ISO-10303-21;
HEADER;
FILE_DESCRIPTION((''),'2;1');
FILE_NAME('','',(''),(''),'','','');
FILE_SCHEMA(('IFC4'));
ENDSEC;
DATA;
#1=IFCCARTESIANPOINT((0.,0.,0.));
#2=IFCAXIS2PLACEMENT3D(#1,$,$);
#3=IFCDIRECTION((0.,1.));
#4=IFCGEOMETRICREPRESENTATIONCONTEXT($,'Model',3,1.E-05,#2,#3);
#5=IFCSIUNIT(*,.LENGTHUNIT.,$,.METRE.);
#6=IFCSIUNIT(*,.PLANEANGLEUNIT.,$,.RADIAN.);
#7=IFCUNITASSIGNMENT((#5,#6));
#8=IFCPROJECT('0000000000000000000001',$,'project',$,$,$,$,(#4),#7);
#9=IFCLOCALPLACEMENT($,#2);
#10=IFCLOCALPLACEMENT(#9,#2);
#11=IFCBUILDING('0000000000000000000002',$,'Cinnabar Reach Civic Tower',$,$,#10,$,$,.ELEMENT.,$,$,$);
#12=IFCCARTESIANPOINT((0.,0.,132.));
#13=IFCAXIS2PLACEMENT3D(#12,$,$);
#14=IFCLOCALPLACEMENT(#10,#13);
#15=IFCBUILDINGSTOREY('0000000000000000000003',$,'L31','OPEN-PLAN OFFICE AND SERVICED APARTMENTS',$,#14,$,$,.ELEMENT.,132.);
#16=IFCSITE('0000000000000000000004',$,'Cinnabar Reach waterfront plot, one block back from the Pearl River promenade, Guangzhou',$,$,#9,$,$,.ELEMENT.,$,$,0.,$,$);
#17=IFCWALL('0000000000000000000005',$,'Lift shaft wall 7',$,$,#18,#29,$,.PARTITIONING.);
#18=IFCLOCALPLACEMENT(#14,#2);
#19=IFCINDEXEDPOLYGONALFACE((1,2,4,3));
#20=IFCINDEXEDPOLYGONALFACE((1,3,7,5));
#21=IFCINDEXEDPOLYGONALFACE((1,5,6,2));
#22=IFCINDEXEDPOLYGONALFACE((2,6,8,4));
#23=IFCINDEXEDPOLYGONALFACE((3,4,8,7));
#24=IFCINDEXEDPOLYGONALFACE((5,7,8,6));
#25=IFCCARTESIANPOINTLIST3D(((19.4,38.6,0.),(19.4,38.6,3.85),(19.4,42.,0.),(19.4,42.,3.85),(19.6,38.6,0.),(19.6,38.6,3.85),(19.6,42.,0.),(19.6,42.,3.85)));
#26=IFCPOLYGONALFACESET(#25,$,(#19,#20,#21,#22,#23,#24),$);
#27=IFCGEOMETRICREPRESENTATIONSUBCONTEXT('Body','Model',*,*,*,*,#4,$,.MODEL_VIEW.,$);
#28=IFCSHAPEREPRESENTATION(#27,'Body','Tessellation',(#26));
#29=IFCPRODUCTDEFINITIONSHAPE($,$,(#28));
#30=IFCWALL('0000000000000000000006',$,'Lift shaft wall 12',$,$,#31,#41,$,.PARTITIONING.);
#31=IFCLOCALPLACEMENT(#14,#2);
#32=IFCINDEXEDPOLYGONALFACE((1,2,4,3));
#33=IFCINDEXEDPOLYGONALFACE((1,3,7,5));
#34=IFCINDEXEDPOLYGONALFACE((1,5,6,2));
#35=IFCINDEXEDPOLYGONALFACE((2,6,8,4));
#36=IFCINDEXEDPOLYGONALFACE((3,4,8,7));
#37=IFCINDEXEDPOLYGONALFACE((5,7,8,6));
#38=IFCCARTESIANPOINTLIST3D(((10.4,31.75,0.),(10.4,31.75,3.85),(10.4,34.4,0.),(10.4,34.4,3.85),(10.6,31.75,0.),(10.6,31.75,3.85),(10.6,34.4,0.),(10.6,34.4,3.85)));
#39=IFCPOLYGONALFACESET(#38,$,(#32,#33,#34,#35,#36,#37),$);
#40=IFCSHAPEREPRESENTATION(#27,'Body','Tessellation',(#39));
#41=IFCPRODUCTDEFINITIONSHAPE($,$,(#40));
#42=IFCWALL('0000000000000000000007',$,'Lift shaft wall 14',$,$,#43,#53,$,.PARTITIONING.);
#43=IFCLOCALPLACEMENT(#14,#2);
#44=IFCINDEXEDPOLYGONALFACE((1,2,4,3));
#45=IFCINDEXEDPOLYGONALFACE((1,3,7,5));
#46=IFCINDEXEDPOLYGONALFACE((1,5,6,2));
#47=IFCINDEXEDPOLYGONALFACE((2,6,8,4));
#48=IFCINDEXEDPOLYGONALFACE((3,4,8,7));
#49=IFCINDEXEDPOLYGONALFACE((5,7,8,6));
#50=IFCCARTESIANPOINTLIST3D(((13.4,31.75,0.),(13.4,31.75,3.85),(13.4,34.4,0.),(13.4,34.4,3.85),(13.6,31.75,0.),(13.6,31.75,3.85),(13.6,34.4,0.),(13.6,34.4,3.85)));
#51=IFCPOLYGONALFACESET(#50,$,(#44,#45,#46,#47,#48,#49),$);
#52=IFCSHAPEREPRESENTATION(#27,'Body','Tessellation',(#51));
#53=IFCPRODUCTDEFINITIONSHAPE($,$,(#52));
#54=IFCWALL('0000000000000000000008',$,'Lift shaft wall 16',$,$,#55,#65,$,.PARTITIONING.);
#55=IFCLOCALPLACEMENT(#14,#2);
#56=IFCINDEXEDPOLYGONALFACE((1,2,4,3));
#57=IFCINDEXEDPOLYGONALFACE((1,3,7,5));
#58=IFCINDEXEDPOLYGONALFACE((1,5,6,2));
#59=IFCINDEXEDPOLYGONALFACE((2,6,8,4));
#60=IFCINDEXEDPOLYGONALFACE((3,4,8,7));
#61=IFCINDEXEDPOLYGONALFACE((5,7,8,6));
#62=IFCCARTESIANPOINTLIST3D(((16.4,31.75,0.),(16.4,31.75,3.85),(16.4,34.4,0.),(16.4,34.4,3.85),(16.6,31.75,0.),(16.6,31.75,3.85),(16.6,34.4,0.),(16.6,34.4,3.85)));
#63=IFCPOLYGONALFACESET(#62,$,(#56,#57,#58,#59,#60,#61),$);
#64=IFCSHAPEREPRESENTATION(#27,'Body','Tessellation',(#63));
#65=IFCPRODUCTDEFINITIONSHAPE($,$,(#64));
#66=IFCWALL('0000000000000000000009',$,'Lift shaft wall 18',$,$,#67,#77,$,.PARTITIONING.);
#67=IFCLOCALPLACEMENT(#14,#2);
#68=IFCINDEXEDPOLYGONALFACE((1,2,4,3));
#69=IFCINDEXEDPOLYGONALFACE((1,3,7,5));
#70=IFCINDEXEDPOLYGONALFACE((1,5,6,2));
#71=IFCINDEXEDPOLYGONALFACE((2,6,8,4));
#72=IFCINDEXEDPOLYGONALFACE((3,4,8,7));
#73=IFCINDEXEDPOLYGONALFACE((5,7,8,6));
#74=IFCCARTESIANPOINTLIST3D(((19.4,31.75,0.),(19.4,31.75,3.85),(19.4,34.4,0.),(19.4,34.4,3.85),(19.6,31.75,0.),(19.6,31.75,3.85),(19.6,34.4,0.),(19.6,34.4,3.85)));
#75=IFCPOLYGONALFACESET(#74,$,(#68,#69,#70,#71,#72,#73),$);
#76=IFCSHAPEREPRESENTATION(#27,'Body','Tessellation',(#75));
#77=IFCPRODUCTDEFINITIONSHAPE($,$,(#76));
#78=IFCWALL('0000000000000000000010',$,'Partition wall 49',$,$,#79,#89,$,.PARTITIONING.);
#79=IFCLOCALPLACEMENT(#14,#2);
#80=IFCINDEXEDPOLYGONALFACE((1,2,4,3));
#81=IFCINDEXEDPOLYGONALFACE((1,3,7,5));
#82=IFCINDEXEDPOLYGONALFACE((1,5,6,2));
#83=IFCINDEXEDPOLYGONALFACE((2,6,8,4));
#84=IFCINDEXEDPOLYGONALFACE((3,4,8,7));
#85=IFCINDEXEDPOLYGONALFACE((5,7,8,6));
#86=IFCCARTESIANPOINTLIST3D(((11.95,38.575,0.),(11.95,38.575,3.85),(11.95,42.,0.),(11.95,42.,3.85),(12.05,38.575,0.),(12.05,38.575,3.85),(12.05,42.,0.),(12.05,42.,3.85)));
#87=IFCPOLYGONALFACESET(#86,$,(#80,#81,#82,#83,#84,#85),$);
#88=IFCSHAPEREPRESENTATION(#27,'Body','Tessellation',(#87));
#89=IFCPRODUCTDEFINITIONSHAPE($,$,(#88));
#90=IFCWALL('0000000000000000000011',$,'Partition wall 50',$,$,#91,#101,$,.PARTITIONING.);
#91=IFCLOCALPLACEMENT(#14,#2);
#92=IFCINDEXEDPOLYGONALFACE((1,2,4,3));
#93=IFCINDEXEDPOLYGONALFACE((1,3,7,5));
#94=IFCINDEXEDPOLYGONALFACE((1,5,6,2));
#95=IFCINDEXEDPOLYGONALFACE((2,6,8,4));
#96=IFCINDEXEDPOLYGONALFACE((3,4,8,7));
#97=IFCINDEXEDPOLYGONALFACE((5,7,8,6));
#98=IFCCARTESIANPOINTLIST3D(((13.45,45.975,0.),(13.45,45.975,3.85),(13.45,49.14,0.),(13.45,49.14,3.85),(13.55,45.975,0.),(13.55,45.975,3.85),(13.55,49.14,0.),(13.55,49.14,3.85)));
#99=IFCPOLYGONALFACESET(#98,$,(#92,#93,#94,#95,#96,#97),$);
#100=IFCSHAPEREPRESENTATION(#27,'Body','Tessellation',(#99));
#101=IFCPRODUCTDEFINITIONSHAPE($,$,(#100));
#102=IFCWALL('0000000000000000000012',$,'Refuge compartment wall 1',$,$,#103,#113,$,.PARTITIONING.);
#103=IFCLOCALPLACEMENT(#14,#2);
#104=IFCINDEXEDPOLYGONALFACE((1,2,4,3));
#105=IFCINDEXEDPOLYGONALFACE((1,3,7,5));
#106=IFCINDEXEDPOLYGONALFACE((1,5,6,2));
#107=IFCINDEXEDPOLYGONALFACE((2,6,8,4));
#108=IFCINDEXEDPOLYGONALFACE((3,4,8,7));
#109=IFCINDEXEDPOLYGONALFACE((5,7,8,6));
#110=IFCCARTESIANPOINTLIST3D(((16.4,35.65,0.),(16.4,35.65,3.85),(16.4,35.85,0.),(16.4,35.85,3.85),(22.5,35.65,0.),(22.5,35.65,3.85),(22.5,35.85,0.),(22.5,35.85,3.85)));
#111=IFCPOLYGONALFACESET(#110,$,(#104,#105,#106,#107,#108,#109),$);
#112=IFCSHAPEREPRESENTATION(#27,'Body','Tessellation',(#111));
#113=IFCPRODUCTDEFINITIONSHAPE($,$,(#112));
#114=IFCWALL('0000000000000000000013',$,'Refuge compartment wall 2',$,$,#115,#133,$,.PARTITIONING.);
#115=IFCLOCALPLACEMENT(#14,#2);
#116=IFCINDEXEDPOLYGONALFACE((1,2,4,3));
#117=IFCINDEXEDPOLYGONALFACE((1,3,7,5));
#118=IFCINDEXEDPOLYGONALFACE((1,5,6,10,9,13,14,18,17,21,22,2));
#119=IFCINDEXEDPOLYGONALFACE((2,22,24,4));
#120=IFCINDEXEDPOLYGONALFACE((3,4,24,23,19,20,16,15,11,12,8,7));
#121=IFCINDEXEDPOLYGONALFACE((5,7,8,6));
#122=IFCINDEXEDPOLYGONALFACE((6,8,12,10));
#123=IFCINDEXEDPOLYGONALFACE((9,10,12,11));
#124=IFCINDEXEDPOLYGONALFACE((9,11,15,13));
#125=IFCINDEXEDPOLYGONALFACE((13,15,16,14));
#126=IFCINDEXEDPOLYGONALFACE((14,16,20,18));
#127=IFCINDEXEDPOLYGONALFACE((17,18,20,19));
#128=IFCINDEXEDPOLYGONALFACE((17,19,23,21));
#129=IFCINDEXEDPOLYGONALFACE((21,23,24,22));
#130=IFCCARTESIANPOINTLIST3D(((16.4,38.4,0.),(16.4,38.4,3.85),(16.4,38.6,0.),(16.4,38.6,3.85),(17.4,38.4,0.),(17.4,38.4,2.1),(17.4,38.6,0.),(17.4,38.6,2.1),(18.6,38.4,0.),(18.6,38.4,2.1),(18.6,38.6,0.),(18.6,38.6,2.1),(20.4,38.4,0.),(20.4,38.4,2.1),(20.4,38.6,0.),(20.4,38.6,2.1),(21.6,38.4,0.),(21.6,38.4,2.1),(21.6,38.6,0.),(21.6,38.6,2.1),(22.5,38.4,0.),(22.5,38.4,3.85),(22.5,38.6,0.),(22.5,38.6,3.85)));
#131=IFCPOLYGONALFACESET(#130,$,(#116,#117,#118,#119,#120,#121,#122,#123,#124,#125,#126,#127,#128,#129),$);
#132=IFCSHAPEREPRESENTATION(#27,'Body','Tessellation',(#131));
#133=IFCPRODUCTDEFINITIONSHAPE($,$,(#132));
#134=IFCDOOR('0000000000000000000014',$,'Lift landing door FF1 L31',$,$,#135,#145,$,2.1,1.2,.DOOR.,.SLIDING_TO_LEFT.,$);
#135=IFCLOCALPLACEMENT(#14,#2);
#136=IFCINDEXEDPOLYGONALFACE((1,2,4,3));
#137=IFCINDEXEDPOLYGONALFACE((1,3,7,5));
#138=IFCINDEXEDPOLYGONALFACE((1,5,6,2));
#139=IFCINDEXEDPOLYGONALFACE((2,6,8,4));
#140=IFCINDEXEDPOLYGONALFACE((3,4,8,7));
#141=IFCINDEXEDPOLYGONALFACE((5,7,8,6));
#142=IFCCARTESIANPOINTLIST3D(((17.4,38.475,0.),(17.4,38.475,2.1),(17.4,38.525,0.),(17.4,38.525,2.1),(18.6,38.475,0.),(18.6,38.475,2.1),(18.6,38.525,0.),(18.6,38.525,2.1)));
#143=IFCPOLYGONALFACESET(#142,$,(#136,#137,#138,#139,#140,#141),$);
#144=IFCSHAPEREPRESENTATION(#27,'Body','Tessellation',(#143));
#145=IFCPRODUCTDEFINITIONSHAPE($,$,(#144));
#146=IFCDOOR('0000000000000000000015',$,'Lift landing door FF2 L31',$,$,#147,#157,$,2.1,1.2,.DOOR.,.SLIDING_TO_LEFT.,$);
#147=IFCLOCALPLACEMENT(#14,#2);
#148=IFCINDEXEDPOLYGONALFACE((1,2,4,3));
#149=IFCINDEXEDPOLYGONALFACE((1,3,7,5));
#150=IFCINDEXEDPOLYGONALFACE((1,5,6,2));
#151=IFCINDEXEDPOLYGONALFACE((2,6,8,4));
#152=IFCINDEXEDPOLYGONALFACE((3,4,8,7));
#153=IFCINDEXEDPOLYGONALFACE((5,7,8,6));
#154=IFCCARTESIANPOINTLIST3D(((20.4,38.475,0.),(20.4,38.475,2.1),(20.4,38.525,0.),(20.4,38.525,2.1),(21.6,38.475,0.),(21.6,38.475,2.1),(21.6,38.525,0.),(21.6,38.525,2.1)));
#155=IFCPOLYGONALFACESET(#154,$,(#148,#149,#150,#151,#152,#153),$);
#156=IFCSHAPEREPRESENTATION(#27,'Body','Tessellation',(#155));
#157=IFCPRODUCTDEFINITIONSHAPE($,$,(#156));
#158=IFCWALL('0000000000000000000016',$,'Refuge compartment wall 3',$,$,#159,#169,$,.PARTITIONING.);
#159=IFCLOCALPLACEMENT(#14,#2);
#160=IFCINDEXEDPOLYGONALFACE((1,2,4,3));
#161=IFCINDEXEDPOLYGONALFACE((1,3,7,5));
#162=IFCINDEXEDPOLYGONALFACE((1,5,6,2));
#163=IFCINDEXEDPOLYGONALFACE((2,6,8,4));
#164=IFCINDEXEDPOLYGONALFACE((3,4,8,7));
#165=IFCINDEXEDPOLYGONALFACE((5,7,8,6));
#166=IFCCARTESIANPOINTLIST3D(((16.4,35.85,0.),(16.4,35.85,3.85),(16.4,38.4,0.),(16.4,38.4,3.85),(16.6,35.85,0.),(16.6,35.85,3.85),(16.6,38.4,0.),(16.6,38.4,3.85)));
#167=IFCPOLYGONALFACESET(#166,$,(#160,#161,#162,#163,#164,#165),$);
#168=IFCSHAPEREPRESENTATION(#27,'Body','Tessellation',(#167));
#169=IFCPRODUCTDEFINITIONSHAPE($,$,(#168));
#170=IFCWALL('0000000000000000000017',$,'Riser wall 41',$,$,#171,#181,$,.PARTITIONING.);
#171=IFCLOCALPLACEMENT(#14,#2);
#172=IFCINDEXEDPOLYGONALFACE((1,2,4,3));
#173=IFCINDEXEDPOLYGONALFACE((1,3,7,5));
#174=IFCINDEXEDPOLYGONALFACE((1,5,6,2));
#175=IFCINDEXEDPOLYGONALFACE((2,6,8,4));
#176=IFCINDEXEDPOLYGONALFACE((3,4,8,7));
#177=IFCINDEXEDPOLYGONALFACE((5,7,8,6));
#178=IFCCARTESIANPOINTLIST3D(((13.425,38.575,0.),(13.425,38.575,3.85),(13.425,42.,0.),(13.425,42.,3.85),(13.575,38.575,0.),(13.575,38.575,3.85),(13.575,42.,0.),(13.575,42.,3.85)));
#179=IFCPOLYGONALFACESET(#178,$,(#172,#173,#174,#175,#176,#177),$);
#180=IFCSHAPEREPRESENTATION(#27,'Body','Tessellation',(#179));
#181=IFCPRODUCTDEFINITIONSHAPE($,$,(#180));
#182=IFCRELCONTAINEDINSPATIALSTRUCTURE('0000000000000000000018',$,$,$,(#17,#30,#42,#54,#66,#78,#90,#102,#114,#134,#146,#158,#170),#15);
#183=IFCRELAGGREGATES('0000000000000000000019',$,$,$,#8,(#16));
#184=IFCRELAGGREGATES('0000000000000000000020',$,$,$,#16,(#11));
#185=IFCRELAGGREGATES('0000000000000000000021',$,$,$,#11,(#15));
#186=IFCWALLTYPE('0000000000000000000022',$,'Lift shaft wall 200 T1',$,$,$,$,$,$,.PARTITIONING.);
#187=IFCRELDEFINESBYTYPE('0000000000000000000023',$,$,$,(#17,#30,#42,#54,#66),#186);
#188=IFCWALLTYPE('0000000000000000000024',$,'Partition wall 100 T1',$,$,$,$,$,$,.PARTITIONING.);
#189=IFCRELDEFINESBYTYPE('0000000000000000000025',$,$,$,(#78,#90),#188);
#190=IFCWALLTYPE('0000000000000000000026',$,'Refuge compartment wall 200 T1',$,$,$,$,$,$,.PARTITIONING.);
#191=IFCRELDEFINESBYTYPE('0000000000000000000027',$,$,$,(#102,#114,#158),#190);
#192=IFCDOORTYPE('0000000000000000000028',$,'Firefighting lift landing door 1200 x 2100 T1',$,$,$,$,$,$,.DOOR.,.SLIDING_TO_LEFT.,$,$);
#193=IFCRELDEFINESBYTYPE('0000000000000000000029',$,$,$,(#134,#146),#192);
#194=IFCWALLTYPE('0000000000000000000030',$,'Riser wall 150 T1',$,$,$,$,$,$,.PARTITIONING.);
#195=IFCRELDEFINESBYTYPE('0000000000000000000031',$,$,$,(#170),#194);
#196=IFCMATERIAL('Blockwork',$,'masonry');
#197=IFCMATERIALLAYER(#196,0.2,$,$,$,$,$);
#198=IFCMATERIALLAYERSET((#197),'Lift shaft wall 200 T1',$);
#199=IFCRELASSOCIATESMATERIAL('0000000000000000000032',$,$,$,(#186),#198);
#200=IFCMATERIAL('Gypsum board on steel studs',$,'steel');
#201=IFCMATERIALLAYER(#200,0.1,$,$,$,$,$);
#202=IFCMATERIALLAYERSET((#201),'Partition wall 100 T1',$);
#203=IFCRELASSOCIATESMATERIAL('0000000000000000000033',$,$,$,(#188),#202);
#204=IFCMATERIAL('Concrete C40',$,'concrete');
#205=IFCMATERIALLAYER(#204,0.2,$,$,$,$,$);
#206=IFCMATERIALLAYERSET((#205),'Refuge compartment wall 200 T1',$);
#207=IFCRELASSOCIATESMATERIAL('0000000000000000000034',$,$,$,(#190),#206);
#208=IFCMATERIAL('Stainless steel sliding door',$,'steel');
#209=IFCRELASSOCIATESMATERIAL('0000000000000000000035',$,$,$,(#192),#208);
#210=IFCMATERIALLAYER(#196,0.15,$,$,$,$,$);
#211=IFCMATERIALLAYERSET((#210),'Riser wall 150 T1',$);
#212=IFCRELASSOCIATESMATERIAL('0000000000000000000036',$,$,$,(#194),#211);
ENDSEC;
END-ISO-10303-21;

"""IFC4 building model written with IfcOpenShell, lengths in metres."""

from ifc_helpers import new_model, si_unit, direction, frame, frame_2d, origin, place, context, subcontext, project, spatial, rectangle, extrude, material, layer, layer_set, type_object, element, fill, save


model = new_model("IFC4")

# Units and contexts
model_context = context("Model", 3, precision=1e-05, world=origin(), true_north=direction((0.0, 1.0)))
body_context = subcontext(model_context, "Body", "Model", "MODEL_VIEW")
ifc_project = project(units=[si_unit("LENGTHUNIT", "METRE"), si_unit("PLANEANGLEUNIT", "RADIAN")], contexts=[model_context])

# Site, building, storey
site_placement = place(None, origin())
site = spatial("IfcSite", under=ifc_project, at=site_placement, Name="Cinnabar Reach waterfront plot, one block back from the Pearl River promenade, Guangzhou", CompositionType="ELEMENT", RefElevation=0.0)
building_placement = place(site_placement, origin())
building = spatial("IfcBuilding", under=site, at=building_placement, Name="Cinnabar Reach Civic Tower", CompositionType="ELEMENT")
storey_placement = place(building_placement, frame((0.0, 0.0, 132.0)))
storey = spatial("IfcBuildingStorey", under=building, at=storey_placement, Name="L31", Description="OPEN-PLAN OFFICE AND SERVICED APARTMENTS", CompositionType="ELEMENT", Elevation=132.0)

# Walls
ifc_material_1 = material(Name="Blockwork", Category="masonry")
ifc_layer_1 = layer(ifc_material_1, 0.2)
ifc_layer_set_1 = layer_set([ifc_layer_1], Name="Lift shaft wall 200 T1")
wall_type_1 = type_object("IfcWallType", Name="Lift shaft wall 200 T1", PredefinedType="PARTITIONING", material=ifc_layer_set_1)
for number, where, z_axis, x_axis, name in (
    (1, (19.5, 38.6, 0.0), (0.0, 0.0, 1.0), (0.0, 1.0, 0.0), "Lift shaft wall 7"),
):
    element("IfcWall", number, at=place(storey_placement, frame(where, z_axis=z_axis, x_axis=x_axis)), inside=storey, type_object=wall_type_1, Name=name, PredefinedType="PARTITIONING", context=body_context, shape_type="SweptSolid", body=[
        extrude(rectangle(XDim=3.4, YDim=0.2, at=frame_2d((1.7, 0.0))), origin(), (0.0, 0.0, 1.0), 3.85),
    ])
for number, where, z_axis, x_axis, name in (
    (2, (10.5, 31.75, 0.0), (0.0, 0.0, 1.0), (0.0, 1.0, 0.0), "Lift shaft wall 12"),
    (3, (13.5, 31.75, 0.0), (0.0, 0.0, 1.0), (0.0, 1.0, 0.0), "Lift shaft wall 14"),
    (4, (16.5, 31.75, 0.0), (0.0, 0.0, 1.0), (0.0, 1.0, 0.0), "Lift shaft wall 16"),
    (5, (19.5, 31.75, 0.0), (0.0, 0.0, 1.0), (0.0, 1.0, 0.0), "Lift shaft wall 18"),
):
    element("IfcWall", number, at=place(storey_placement, frame(where, z_axis=z_axis, x_axis=x_axis)), inside=storey, type_object=wall_type_1, Name=name, PredefinedType="PARTITIONING", context=body_context, shape_type="SweptSolid", body=[
        extrude(rectangle(XDim=2.65, YDim=0.2, at=frame_2d((1.325, 0.0))), origin(), (0.0, 0.0, 1.0), 3.85),
    ])
ifc_material_2 = material(Name="Gypsum board on steel studs", Category="steel")
ifc_layer_2 = layer(ifc_material_2, 0.1)
ifc_layer_set_2 = layer_set([ifc_layer_2], Name="Partition wall 100 T1")
wall_type_2 = type_object("IfcWallType", Name="Partition wall 100 T1", PredefinedType="PARTITIONING", material=ifc_layer_set_2)
wall_1_placement = place(storey_placement, frame((12.0, 38.575, 0.0), z_axis=(0.0, 0.0, 1.0), x_axis=(0.0, 1.0, 0.0)))
element("IfcWall", 6, at=wall_1_placement, inside=storey, type_object=wall_type_2, Name="Partition wall 49", PredefinedType="PARTITIONING", context=body_context, shape_type="SweptSolid", body=[
    extrude(rectangle(XDim=3.425, YDim=0.1, at=frame_2d((1.7125, 0.0))), origin(), (0.0, 0.0, 1.0), 3.85),
])
wall_2_placement = place(storey_placement, frame((13.5, 45.975, 0.0), z_axis=(0.0, 0.0, 1.0), x_axis=(0.0, 1.0, 0.0)))
element("IfcWall", 7, at=wall_2_placement, inside=storey, type_object=wall_type_2, Name="Partition wall 50", PredefinedType="PARTITIONING", context=body_context, shape_type="SweptSolid", body=[
    extrude(rectangle(XDim=3.165, YDim=0.1, at=frame_2d((1.5825, 0.0))), origin(), (0.0, 0.0, 1.0), 3.85),
])
ifc_material_3 = material(Name="Concrete C40", Category="concrete")
ifc_layer_3 = layer(ifc_material_3, 0.2)
ifc_layer_set_3 = layer_set([ifc_layer_3], Name="Refuge compartment wall 200 T1")
wall_type_3 = type_object("IfcWallType", Name="Refuge compartment wall 200 T1", PredefinedType="PARTITIONING", material=ifc_layer_set_3)
wall_3_placement = place(storey_placement, frame((16.4, 35.75, 0.0), z_axis=(0.0, 0.0, 1.0), x_axis=(1.0, 0.0, 0.0)))
element("IfcWall", 8, at=wall_3_placement, inside=storey, type_object=wall_type_3, Name="Refuge compartment wall 1", PredefinedType="PARTITIONING", context=body_context, shape_type="SweptSolid", body=[
    extrude(rectangle(XDim=6.1, YDim=0.2, at=frame_2d((3.05, 0.0))), origin(), (0.0, 0.0, 1.0), 3.85),
])

# Wall, openings, doors
wall_4_placement = place(storey_placement, frame((16.4, 38.5, 0.0), z_axis=(0.0, 0.0, 1.0), x_axis=(1.0, 0.0, 0.0)))
wall_4 = element("IfcWall", 9, at=wall_4_placement, inside=storey, type_object=wall_type_3, Name="Refuge compartment wall 2", PredefinedType="PARTITIONING", context=body_context, shape_type="SweptSolid", body=[
    extrude(rectangle(XDim=6.1, YDim=0.2, at=frame_2d((3.05, 0.0))), origin(), (0.0, 0.0, 1.0), 3.85),
])
opening_1_placement = place(wall_4_placement, frame((1.0, 0.0, 0.0)))
opening_1 = element("IfcOpeningElement", 10, at=opening_1_placement, cuts=wall_4, PredefinedType="OPENING", context=body_context, shape_type="SweptSolid", body=[
    extrude(rectangle(XDim=1.2, YDim=2.1, at=frame_2d((0.6, 1.05))), frame((0.0, 0.11, 0.0), z_axis=(0.0, -1.0, 0.0), x_axis=(1.0, 0.0, 0.0)), (0.0, 0.0, 1.0), 0.22),
])
opening_2_placement = place(wall_4_placement, frame((4.0, 0.0, 0.0)))
opening_2 = element("IfcOpeningElement", 11, at=opening_2_placement, cuts=wall_4, PredefinedType="OPENING", context=body_context, shape_type="SweptSolid", body=[
    extrude(rectangle(XDim=1.2, YDim=2.1, at=frame_2d((0.6, 1.05))), frame((0.0, 0.11, 0.0), z_axis=(0.0, -1.0, 0.0), x_axis=(1.0, 0.0, 0.0)), (0.0, 0.0, 1.0), 0.22),
])
ifc_material_4 = material(Name="Stainless steel sliding door", Category="steel")
door_type_1 = type_object("IfcDoorType", Name="Firefighting lift landing door 1200 x 2100 T1", OperationType="SLIDING_TO_LEFT", PredefinedType="DOOR", material=ifc_material_4)
door_1_placement = place(opening_1_placement, origin())
door_1 = element("IfcDoor", 12, at=door_1_placement, inside=storey, type_object=door_type_1, Name="Lift landing door FF1 L31", OperationType="SLIDING_TO_LEFT", OverallHeight=2.1, OverallWidth=1.2, PredefinedType="DOOR", context=body_context, shape_type="SweptSolid", body=[
    extrude(rectangle(XDim=1.2, YDim=2.1, at=frame_2d((0.6, 1.05))), frame((0.0, 0.025, 0.0), z_axis=(0.0, -1.0, 0.0), x_axis=(1.0, 0.0, 0.0)), (0.0, 0.0, 1.0), 0.05),
])
fill(opening_1, door_1)
door_2_placement = place(opening_2_placement, origin())
door_2 = element("IfcDoor", 13, at=door_2_placement, inside=storey, type_object=door_type_1, Name="Lift landing door FF2 L31", OperationType="SLIDING_TO_LEFT", OverallHeight=2.1, OverallWidth=1.2, PredefinedType="DOOR", context=body_context, shape_type="SweptSolid", body=[
    extrude(rectangle(XDim=1.2, YDim=2.1, at=frame_2d((0.6, 1.05))), frame((0.0, 0.025, 0.0), z_axis=(0.0, -1.0, 0.0), x_axis=(1.0, 0.0, 0.0)), (0.0, 0.0, 1.0), 0.05),
])
fill(opening_2, door_2)

# Walls
wall_5_placement = place(storey_placement, frame((16.5, 35.85, 0.0), z_axis=(0.0, 0.0, 1.0), x_axis=(0.0, 1.0, 0.0)))
element("IfcWall", 14, at=wall_5_placement, inside=storey, type_object=wall_type_3, Name="Refuge compartment wall 3", PredefinedType="PARTITIONING", context=body_context, shape_type="SweptSolid", body=[
    extrude(rectangle(XDim=2.55, YDim=0.2, at=frame_2d((1.275, 0.0))), origin(), (0.0, 0.0, 1.0), 3.85),
])
ifc_layer_4 = layer(ifc_material_1, 0.15)
ifc_layer_set_4 = layer_set([ifc_layer_4], Name="Riser wall 150 T1")
wall_type_4 = type_object("IfcWallType", Name="Riser wall 150 T1", PredefinedType="PARTITIONING", material=ifc_layer_set_4)
wall_6_placement = place(storey_placement, frame((13.5, 38.575, 0.0), z_axis=(0.0, 0.0, 1.0), x_axis=(0.0, 1.0, 0.0)))
element("IfcWall", 15, at=wall_6_placement, inside=storey, type_object=wall_type_4, Name="Riser wall 41", PredefinedType="PARTITIONING", context=body_context, shape_type="SweptSolid", body=[
    extrude(rectangle(XDim=3.425, YDim=0.15, at=frame_2d((1.7125, 0.0))), origin(), (0.0, 0.0, 1.0), 3.85),
])

save(model, "model.ifc")
